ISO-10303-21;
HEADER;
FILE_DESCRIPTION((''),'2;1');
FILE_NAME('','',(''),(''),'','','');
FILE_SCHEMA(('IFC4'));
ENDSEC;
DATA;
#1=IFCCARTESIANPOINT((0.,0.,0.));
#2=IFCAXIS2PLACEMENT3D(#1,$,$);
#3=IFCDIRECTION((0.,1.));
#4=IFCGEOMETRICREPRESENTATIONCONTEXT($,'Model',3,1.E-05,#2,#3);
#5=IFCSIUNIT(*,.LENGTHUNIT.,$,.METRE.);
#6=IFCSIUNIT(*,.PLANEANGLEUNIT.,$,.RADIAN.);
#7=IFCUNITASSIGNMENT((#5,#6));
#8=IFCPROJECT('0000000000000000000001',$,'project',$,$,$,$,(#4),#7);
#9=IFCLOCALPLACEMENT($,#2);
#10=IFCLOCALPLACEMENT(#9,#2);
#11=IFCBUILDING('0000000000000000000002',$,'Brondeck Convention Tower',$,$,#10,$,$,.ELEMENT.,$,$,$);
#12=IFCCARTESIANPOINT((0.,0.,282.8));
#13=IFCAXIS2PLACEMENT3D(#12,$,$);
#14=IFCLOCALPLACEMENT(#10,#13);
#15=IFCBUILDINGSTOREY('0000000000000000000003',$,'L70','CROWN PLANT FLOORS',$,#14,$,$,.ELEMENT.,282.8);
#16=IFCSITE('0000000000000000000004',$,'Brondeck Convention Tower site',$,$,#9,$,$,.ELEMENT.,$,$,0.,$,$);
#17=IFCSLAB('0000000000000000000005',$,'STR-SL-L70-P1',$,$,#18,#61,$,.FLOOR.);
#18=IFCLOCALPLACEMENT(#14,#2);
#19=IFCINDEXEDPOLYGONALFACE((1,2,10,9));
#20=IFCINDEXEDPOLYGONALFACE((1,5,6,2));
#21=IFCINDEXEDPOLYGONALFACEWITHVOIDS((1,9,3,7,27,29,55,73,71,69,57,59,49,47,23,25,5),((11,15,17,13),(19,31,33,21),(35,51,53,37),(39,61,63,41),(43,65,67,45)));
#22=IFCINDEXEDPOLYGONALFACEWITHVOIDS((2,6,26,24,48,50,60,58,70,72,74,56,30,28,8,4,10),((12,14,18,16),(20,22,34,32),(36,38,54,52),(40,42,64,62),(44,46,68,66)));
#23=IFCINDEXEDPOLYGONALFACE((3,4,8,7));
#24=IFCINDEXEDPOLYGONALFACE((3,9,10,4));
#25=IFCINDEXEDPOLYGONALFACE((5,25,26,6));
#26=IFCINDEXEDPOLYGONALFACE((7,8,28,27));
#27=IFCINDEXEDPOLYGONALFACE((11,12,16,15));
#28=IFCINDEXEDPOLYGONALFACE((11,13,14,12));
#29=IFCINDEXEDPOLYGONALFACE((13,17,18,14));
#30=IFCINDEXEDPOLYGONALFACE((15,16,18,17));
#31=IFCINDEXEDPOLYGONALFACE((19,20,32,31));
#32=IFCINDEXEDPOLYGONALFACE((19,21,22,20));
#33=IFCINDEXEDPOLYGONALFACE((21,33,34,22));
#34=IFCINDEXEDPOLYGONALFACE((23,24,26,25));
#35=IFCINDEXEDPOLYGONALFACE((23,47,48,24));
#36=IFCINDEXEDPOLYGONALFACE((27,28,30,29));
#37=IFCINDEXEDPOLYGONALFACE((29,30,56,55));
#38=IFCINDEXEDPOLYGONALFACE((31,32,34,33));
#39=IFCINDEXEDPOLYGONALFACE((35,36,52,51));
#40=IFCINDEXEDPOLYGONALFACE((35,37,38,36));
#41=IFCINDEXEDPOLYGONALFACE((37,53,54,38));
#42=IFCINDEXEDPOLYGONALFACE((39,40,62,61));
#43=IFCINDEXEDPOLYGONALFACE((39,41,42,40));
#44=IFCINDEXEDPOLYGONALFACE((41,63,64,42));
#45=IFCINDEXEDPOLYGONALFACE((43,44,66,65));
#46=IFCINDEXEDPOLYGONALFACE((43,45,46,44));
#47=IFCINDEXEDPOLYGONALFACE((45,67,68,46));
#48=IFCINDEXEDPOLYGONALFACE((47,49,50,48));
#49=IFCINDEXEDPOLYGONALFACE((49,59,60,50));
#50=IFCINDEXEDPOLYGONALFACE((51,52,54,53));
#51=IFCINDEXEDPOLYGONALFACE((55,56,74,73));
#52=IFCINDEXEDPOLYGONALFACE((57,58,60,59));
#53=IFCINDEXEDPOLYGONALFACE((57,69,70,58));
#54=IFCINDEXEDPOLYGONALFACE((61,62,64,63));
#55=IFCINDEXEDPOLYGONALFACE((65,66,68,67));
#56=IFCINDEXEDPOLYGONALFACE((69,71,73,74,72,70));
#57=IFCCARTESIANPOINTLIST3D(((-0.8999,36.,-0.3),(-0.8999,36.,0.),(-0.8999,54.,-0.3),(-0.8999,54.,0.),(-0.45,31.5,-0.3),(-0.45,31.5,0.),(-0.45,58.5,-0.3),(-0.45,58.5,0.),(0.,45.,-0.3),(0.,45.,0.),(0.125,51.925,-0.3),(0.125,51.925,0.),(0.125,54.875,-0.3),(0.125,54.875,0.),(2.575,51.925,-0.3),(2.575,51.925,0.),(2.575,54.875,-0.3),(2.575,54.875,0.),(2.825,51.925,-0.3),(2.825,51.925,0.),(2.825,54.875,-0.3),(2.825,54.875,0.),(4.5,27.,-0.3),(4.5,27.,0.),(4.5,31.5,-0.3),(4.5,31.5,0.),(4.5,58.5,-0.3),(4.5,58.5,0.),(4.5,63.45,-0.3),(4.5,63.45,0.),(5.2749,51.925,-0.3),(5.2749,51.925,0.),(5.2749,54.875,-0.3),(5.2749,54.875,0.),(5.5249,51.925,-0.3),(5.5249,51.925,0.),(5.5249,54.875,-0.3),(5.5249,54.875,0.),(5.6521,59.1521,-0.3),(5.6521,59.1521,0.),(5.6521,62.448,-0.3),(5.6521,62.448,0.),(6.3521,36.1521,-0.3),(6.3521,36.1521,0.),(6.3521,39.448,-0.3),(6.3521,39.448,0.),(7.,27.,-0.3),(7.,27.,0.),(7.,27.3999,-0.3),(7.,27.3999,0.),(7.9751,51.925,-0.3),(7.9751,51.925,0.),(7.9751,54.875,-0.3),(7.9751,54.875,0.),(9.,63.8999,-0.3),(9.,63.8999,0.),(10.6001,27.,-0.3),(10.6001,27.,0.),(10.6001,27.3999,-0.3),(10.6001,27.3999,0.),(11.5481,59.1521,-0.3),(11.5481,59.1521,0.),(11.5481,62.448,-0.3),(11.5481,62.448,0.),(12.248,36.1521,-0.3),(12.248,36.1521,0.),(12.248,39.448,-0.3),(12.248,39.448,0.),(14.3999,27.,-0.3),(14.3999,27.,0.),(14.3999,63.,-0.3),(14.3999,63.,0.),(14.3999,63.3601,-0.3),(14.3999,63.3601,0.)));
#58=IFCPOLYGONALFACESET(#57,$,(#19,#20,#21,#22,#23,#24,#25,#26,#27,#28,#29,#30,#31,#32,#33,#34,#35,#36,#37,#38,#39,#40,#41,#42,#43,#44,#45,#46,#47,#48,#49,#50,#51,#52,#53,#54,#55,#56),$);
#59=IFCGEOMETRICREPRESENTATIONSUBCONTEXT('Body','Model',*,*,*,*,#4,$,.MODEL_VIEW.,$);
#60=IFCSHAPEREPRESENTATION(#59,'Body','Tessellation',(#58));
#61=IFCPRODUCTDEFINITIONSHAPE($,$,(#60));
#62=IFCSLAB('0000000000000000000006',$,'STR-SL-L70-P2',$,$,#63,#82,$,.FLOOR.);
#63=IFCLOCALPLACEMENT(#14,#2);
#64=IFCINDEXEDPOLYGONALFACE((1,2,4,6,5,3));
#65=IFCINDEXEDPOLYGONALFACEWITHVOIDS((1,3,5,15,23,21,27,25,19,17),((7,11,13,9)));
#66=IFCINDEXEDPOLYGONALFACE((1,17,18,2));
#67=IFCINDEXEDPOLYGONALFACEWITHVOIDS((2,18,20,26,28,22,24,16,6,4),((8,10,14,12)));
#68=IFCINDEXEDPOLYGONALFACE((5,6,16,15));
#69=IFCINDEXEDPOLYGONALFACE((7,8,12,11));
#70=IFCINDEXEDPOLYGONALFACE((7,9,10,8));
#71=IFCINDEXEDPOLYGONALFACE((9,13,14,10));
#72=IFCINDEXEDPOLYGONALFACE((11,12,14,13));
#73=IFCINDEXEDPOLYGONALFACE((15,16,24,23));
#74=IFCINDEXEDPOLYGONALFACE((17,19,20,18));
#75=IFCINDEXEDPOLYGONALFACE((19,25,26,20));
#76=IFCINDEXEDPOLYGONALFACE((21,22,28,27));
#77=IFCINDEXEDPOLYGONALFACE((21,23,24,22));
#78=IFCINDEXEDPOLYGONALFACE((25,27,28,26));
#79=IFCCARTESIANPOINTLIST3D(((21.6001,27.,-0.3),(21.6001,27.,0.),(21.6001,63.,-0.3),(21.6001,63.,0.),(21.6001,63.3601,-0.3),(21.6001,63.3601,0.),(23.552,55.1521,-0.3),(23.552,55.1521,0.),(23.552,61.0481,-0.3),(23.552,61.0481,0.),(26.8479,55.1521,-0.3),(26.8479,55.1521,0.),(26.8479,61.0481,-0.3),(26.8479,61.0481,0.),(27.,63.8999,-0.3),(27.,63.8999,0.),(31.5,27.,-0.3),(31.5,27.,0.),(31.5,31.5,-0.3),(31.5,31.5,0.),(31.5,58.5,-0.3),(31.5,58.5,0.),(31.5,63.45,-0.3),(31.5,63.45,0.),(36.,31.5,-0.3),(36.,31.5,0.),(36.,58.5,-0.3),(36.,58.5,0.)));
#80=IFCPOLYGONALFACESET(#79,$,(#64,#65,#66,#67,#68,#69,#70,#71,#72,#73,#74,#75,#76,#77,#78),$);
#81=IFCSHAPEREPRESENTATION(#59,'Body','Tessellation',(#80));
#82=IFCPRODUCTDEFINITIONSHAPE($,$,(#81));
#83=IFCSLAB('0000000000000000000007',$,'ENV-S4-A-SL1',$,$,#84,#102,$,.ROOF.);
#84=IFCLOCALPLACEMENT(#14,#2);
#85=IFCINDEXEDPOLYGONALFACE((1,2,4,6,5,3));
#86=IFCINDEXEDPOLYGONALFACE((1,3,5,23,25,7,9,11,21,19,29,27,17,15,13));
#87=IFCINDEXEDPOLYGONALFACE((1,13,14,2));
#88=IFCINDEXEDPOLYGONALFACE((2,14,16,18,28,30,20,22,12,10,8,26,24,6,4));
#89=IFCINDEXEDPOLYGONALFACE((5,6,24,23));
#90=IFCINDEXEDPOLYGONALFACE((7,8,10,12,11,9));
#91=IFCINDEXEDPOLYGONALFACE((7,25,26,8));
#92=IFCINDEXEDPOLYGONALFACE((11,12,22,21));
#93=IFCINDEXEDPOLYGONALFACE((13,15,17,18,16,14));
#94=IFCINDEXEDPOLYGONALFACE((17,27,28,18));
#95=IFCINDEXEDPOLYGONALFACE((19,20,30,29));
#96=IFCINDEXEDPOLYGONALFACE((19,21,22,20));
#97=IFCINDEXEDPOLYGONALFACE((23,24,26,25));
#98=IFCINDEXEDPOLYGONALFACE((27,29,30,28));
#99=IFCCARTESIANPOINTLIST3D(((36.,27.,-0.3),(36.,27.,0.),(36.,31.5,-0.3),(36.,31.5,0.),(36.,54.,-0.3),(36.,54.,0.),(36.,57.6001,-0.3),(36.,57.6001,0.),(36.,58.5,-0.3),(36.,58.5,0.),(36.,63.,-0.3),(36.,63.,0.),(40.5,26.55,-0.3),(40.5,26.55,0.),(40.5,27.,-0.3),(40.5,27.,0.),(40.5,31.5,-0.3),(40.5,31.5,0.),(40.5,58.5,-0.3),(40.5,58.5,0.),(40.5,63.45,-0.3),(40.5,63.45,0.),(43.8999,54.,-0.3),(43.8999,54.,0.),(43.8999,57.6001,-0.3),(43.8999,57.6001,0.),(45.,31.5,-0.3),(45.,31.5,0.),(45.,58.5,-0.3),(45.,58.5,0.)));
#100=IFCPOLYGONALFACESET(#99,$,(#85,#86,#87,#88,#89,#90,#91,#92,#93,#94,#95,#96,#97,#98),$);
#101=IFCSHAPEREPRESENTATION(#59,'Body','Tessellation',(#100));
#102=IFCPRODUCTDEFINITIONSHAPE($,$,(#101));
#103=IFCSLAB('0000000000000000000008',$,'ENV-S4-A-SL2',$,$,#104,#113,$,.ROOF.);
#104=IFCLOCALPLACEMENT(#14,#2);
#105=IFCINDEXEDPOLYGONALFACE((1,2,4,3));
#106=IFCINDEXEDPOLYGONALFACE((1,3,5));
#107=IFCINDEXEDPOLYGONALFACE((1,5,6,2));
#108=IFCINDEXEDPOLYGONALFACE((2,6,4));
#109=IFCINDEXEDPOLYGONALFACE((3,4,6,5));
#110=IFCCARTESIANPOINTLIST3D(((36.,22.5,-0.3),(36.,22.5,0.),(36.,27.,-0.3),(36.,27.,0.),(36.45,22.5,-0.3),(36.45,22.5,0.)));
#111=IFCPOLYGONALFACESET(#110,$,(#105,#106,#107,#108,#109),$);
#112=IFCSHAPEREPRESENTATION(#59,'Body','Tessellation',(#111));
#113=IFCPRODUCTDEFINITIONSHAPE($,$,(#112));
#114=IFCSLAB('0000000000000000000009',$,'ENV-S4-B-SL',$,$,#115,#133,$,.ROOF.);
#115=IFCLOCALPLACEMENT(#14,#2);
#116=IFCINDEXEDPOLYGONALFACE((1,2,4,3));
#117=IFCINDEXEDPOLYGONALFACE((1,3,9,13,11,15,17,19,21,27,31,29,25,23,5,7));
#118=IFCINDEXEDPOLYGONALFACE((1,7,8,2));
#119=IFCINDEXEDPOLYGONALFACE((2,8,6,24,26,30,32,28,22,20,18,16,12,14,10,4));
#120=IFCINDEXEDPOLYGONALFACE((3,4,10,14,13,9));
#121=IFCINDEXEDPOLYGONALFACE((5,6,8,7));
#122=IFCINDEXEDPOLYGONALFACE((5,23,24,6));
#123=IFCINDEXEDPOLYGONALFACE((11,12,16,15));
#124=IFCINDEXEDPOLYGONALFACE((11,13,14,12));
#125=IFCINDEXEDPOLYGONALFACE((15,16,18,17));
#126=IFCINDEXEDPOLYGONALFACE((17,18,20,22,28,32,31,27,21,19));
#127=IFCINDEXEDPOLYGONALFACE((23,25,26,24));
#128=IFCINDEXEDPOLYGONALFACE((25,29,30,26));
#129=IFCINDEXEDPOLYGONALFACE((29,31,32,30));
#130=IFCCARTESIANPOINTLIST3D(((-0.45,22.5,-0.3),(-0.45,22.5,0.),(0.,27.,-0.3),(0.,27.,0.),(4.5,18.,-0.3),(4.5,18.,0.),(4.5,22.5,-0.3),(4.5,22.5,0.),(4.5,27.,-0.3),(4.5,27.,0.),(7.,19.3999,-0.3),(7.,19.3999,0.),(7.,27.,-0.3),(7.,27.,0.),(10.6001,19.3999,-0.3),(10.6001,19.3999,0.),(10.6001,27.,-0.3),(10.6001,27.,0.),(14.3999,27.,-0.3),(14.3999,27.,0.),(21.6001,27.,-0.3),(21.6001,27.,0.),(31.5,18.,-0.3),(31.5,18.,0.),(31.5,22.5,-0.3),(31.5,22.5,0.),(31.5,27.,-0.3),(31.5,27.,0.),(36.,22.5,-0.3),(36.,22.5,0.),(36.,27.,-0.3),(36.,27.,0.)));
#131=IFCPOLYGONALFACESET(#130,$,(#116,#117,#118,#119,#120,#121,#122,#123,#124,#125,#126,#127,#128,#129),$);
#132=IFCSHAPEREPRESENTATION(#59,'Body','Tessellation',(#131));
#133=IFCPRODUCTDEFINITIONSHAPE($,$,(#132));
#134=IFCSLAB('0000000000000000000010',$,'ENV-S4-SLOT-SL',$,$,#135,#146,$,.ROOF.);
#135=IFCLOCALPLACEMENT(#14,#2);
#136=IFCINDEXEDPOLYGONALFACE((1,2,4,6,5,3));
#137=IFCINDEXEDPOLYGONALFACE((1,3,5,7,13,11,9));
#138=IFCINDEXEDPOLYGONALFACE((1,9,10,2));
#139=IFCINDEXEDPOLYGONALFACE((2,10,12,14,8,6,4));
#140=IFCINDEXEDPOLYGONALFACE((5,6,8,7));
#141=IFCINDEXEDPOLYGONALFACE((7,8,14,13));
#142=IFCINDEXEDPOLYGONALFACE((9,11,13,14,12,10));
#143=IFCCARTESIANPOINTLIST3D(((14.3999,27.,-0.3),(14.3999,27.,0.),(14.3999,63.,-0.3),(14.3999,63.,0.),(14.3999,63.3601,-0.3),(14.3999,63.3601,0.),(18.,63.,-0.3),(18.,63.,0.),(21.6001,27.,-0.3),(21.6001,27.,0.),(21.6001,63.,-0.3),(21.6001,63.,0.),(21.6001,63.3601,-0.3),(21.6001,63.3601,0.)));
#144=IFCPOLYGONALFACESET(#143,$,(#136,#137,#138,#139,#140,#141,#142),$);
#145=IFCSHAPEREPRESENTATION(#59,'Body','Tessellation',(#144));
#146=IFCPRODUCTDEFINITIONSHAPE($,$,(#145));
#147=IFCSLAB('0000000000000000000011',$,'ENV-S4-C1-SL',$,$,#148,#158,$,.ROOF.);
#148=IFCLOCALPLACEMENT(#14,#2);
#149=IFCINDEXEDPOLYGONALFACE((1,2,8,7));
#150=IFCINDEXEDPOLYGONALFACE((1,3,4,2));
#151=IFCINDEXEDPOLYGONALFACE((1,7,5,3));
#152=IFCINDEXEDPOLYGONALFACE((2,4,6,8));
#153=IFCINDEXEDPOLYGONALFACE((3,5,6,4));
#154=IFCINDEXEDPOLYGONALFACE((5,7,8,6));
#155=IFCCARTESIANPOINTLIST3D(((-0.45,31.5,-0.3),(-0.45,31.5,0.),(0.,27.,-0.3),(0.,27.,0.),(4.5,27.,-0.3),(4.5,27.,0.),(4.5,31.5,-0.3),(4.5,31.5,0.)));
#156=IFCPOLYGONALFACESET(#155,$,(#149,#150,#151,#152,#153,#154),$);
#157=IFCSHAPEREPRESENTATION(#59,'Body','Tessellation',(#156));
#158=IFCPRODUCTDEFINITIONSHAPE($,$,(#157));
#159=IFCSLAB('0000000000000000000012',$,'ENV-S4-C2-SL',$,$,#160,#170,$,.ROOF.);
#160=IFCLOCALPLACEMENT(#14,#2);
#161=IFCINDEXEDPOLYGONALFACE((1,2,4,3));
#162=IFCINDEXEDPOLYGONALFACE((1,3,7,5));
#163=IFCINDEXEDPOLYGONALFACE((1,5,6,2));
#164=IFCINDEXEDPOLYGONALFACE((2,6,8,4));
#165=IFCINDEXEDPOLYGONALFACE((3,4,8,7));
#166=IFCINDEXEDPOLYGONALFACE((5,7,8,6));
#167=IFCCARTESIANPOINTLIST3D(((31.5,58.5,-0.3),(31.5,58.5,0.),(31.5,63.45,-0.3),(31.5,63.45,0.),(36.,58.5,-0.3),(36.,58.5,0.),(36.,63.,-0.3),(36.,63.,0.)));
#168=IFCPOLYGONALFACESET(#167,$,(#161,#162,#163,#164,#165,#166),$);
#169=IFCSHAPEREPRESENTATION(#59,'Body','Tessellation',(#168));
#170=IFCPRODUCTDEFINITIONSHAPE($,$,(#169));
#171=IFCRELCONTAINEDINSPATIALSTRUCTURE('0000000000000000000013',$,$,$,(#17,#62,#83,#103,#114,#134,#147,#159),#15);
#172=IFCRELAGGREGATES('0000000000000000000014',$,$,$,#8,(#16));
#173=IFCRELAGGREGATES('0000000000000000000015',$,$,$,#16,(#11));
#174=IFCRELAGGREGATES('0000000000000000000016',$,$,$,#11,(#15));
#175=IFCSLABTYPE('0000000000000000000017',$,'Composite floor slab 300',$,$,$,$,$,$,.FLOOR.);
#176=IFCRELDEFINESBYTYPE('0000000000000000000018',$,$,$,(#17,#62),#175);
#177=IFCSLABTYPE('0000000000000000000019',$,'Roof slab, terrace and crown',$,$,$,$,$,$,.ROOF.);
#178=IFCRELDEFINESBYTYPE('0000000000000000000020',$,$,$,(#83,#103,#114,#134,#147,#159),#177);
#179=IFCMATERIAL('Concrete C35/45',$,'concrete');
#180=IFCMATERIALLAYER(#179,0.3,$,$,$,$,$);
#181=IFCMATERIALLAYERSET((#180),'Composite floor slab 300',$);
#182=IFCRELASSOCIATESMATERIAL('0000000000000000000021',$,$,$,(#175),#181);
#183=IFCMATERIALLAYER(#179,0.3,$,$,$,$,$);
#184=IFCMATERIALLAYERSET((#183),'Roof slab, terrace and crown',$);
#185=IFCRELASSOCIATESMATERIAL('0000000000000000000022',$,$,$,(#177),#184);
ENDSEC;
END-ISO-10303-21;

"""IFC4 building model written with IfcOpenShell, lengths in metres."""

from ifc_helpers import new_model, si_unit, direction, frame, origin, place, context, subcontext, project, spatial, polyline, outline, extrude, material, layer, layer_set, type_object, element, save


model = new_model("IFC4")

# Units and contexts
model_context = context("Model", 3, precision=1e-05, world=origin(), true_north=direction((0.0, 1.0)))
body_context = subcontext(model_context, "Body", "Model", "MODEL_VIEW")
ifc_project = project(units=[si_unit("LENGTHUNIT", "METRE"), si_unit("PLANEANGLEUNIT", "RADIAN")], contexts=[model_context])

# Site, building, storey
site_placement = place(None, origin())
site = spatial("IfcSite", under=ifc_project, at=site_placement, Name="Brondeck Convention Tower site", CompositionType="ELEMENT", RefElevation=0.0)
building_placement = place(site_placement, origin())
building = spatial("IfcBuilding", under=site, at=building_placement, Name="Brondeck Convention Tower", CompositionType="ELEMENT")
storey_placement = place(building_placement, frame((0.0, 0.0, 282.8)))
storey = spatial("IfcBuildingStorey", under=building, at=storey_placement, Name="L70", Description="CROWN PLANT FLOORS", CompositionType="ELEMENT", Elevation=282.8)

# Slabs
ifc_material_1 = material(Name="Concrete C35/45", Category="concrete")
ifc_layer_1 = layer(ifc_material_1, 0.3)
ifc_layer_set_1 = layer_set([ifc_layer_1], Name="Composite floor slab 300")
slab_type_1 = type_object("IfcSlabType", Name="Composite floor slab 300", PredefinedType="FLOOR", material=ifc_layer_set_1)
slab_1_placement = place(storey_placement, frame((0.0, 0.0, -0.3)))
element("IfcSlab", 1, at=slab_1_placement, inside=storey, type_object=slab_type_1, Name="STR-SL-L70-P1", PredefinedType="FLOOR", context=body_context, shape_type="SweptSolid", body=[
    extrude(outline(polyline([(4.5, 27.0), (4.5, 31.5), (-0.45, 31.5), (-0.8999, 36.0), (0.0, 45.0), (-0.8999, 54.0), (-0.45, 58.5), (4.5, 58.5), (4.5, 63.45), (9.0, 63.8999), (14.3999, 63.3601), (14.3999, 63.0), (14.3999, 27.0), (10.6001, 27.0), (10.6001, 27.3999), (7.0, 27.3999), (7.0, 27.0), (4.5, 27.0)]), holes=[polyline([(12.248, 39.448), (6.3521, 39.448), (6.3521, 36.1521), (12.248, 36.1521), (12.248, 39.448)]), polyline([(2.575, 54.875), (0.125, 54.875), (0.125, 51.925), (2.575, 51.925), (2.575, 54.875)]), polyline([(5.2749, 54.875), (2.825, 54.875), (2.825, 51.925), (5.2749, 51.925), (5.2749, 54.875)]), polyline([(7.9751, 54.875), (5.5249, 54.875), (5.5249, 51.925), (7.9751, 51.925), (7.9751, 54.875)]), polyline([(5.6521, 59.1521), (11.5481, 59.1521), (11.5481, 62.448), (5.6521, 62.448), (5.6521, 59.1521)])]), origin(), (0.0, 0.0, 1.0), 0.3),
])
slab_2_placement = place(storey_placement, frame((0.0, 0.0, -0.3)))
element("IfcSlab", 2, at=slab_2_placement, inside=storey, type_object=slab_type_1, Name="STR-SL-L70-P2", PredefinedType="FLOOR", context=body_context, shape_type="SweptSolid", body=[
    extrude(outline(polyline([(21.6001, 63.0), (21.6001, 63.3601), (27.0, 63.8999), (31.5, 63.45), (31.5, 58.5), (36.0, 58.5), (36.0, 31.5), (31.5, 31.5), (31.5, 27.0), (21.6001, 27.0), (21.6001, 63.0)]), holes=[polyline([(26.8479, 55.1521), (26.8479, 61.0481), (23.552, 61.0481), (23.552, 55.1521), (26.8479, 55.1521)])]), origin(), (0.0, 0.0, 1.0), 0.3),
])
ifc_layer_2 = layer(ifc_material_1, 0.3)
ifc_layer_set_2 = layer_set([ifc_layer_2], Name="Roof slab, terrace and crown")
slab_type_2 = type_object("IfcSlabType", Name="Roof slab, terrace and crown", PredefinedType="ROOF", material=ifc_layer_set_2)
slab_3_placement = place(storey_placement, frame((0.0, 0.0, -0.3)))
element("IfcSlab", 3, at=slab_3_placement, inside=storey, type_object=slab_type_2, Name="ENV-S4-A-SL1", PredefinedType="ROOF", context=body_context, shape_type="SweptSolid", body=[
    extrude(outline(polyline([(36.0, 31.5), (36.0, 27.0), (40.5, 26.55), (40.5, 27.0), (40.5, 31.5), (45.0, 31.5), (45.0, 58.5), (40.5, 58.5), (40.5, 63.45), (36.0, 63.0), (36.0, 58.5), (36.0, 57.6001), (43.8999, 57.6001), (43.8999, 54.0), (36.0, 54.0), (36.0, 31.5)])), origin(), (0.0, 0.0, 1.0), 0.3),
])
slab_4_placement = place(storey_placement, frame((0.0, 0.0, -0.3)))
element("IfcSlab", 4, at=slab_4_placement, inside=storey, type_object=slab_type_2, Name="ENV-S4-A-SL2", PredefinedType="ROOF", context=body_context, shape_type="SweptSolid", body=[
    extrude(outline(polyline([(36.45, 22.5), (36.0, 27.0), (36.0, 22.5), (36.45, 22.5)])), origin(), (0.0, 0.0, 1.0), 0.3),
])
slab_5_placement = place(storey_placement, frame((0.0, 0.0, -0.3)))
element("IfcSlab", 5, at=slab_5_placement, inside=storey, type_object=slab_type_2, Name="ENV-S4-B-SL", PredefinedType="ROOF", context=body_context, shape_type="SweptSolid", body=[
    extrude(outline(polyline([(31.5, 18.0), (31.5, 22.5), (36.0, 22.5), (36.0, 27.0), (31.5, 27.0), (21.6001, 27.0), (14.3999, 27.0), (10.6001, 27.0), (10.6001, 19.3999), (7.0, 19.3999), (7.0, 27.0), (4.5, 27.0), (0.0, 27.0), (-0.45, 22.5), (4.5, 22.5), (4.5, 18.0), (31.5, 18.0)])), origin(), (0.0, 0.0, 1.0), 0.3),
])
slab_6_placement = place(storey_placement, frame((0.0, 0.0, -0.3)))
element("IfcSlab", 6, at=slab_6_placement, inside=storey, type_object=slab_type_2, Name="ENV-S4-SLOT-SL", PredefinedType="ROOF", context=body_context, shape_type="SweptSolid", body=[
    extrude(outline(polyline([(14.3999, 63.3601), (14.3999, 63.0), (14.3999, 27.0), (21.6001, 27.0), (21.6001, 63.0), (21.6001, 63.3601), (18.0, 63.0), (14.3999, 63.3601)])), origin(), (0.0, 0.0, 1.0), 0.3),
])
slab_7_placement = place(storey_placement, frame((0.0, 0.0, -0.3)))
element("IfcSlab", 7, at=slab_7_placement, inside=storey, type_object=slab_type_2, Name="ENV-S4-C1-SL", PredefinedType="ROOF", context=body_context, shape_type="SweptSolid", body=[
    extrude(outline(polyline([(4.5, 31.5), (-0.45, 31.5), (0.0, 27.0), (4.5, 27.0), (4.5, 31.5)])), origin(), (0.0, 0.0, 1.0), 0.3),
])
slab_8_placement = place(storey_placement, frame((0.0, 0.0, -0.3)))
element("IfcSlab", 8, at=slab_8_placement, inside=storey, type_object=slab_type_2, Name="ENV-S4-C2-SL", PredefinedType="ROOF", context=body_context, shape_type="SweptSolid", body=[
    extrude(outline(polyline([(36.0, 63.0), (31.5, 63.45), (31.5, 58.5), (36.0, 58.5), (36.0, 63.0)])), origin(), (0.0, 0.0, 1.0), 0.3),
])

save(model, "model.ifc")
